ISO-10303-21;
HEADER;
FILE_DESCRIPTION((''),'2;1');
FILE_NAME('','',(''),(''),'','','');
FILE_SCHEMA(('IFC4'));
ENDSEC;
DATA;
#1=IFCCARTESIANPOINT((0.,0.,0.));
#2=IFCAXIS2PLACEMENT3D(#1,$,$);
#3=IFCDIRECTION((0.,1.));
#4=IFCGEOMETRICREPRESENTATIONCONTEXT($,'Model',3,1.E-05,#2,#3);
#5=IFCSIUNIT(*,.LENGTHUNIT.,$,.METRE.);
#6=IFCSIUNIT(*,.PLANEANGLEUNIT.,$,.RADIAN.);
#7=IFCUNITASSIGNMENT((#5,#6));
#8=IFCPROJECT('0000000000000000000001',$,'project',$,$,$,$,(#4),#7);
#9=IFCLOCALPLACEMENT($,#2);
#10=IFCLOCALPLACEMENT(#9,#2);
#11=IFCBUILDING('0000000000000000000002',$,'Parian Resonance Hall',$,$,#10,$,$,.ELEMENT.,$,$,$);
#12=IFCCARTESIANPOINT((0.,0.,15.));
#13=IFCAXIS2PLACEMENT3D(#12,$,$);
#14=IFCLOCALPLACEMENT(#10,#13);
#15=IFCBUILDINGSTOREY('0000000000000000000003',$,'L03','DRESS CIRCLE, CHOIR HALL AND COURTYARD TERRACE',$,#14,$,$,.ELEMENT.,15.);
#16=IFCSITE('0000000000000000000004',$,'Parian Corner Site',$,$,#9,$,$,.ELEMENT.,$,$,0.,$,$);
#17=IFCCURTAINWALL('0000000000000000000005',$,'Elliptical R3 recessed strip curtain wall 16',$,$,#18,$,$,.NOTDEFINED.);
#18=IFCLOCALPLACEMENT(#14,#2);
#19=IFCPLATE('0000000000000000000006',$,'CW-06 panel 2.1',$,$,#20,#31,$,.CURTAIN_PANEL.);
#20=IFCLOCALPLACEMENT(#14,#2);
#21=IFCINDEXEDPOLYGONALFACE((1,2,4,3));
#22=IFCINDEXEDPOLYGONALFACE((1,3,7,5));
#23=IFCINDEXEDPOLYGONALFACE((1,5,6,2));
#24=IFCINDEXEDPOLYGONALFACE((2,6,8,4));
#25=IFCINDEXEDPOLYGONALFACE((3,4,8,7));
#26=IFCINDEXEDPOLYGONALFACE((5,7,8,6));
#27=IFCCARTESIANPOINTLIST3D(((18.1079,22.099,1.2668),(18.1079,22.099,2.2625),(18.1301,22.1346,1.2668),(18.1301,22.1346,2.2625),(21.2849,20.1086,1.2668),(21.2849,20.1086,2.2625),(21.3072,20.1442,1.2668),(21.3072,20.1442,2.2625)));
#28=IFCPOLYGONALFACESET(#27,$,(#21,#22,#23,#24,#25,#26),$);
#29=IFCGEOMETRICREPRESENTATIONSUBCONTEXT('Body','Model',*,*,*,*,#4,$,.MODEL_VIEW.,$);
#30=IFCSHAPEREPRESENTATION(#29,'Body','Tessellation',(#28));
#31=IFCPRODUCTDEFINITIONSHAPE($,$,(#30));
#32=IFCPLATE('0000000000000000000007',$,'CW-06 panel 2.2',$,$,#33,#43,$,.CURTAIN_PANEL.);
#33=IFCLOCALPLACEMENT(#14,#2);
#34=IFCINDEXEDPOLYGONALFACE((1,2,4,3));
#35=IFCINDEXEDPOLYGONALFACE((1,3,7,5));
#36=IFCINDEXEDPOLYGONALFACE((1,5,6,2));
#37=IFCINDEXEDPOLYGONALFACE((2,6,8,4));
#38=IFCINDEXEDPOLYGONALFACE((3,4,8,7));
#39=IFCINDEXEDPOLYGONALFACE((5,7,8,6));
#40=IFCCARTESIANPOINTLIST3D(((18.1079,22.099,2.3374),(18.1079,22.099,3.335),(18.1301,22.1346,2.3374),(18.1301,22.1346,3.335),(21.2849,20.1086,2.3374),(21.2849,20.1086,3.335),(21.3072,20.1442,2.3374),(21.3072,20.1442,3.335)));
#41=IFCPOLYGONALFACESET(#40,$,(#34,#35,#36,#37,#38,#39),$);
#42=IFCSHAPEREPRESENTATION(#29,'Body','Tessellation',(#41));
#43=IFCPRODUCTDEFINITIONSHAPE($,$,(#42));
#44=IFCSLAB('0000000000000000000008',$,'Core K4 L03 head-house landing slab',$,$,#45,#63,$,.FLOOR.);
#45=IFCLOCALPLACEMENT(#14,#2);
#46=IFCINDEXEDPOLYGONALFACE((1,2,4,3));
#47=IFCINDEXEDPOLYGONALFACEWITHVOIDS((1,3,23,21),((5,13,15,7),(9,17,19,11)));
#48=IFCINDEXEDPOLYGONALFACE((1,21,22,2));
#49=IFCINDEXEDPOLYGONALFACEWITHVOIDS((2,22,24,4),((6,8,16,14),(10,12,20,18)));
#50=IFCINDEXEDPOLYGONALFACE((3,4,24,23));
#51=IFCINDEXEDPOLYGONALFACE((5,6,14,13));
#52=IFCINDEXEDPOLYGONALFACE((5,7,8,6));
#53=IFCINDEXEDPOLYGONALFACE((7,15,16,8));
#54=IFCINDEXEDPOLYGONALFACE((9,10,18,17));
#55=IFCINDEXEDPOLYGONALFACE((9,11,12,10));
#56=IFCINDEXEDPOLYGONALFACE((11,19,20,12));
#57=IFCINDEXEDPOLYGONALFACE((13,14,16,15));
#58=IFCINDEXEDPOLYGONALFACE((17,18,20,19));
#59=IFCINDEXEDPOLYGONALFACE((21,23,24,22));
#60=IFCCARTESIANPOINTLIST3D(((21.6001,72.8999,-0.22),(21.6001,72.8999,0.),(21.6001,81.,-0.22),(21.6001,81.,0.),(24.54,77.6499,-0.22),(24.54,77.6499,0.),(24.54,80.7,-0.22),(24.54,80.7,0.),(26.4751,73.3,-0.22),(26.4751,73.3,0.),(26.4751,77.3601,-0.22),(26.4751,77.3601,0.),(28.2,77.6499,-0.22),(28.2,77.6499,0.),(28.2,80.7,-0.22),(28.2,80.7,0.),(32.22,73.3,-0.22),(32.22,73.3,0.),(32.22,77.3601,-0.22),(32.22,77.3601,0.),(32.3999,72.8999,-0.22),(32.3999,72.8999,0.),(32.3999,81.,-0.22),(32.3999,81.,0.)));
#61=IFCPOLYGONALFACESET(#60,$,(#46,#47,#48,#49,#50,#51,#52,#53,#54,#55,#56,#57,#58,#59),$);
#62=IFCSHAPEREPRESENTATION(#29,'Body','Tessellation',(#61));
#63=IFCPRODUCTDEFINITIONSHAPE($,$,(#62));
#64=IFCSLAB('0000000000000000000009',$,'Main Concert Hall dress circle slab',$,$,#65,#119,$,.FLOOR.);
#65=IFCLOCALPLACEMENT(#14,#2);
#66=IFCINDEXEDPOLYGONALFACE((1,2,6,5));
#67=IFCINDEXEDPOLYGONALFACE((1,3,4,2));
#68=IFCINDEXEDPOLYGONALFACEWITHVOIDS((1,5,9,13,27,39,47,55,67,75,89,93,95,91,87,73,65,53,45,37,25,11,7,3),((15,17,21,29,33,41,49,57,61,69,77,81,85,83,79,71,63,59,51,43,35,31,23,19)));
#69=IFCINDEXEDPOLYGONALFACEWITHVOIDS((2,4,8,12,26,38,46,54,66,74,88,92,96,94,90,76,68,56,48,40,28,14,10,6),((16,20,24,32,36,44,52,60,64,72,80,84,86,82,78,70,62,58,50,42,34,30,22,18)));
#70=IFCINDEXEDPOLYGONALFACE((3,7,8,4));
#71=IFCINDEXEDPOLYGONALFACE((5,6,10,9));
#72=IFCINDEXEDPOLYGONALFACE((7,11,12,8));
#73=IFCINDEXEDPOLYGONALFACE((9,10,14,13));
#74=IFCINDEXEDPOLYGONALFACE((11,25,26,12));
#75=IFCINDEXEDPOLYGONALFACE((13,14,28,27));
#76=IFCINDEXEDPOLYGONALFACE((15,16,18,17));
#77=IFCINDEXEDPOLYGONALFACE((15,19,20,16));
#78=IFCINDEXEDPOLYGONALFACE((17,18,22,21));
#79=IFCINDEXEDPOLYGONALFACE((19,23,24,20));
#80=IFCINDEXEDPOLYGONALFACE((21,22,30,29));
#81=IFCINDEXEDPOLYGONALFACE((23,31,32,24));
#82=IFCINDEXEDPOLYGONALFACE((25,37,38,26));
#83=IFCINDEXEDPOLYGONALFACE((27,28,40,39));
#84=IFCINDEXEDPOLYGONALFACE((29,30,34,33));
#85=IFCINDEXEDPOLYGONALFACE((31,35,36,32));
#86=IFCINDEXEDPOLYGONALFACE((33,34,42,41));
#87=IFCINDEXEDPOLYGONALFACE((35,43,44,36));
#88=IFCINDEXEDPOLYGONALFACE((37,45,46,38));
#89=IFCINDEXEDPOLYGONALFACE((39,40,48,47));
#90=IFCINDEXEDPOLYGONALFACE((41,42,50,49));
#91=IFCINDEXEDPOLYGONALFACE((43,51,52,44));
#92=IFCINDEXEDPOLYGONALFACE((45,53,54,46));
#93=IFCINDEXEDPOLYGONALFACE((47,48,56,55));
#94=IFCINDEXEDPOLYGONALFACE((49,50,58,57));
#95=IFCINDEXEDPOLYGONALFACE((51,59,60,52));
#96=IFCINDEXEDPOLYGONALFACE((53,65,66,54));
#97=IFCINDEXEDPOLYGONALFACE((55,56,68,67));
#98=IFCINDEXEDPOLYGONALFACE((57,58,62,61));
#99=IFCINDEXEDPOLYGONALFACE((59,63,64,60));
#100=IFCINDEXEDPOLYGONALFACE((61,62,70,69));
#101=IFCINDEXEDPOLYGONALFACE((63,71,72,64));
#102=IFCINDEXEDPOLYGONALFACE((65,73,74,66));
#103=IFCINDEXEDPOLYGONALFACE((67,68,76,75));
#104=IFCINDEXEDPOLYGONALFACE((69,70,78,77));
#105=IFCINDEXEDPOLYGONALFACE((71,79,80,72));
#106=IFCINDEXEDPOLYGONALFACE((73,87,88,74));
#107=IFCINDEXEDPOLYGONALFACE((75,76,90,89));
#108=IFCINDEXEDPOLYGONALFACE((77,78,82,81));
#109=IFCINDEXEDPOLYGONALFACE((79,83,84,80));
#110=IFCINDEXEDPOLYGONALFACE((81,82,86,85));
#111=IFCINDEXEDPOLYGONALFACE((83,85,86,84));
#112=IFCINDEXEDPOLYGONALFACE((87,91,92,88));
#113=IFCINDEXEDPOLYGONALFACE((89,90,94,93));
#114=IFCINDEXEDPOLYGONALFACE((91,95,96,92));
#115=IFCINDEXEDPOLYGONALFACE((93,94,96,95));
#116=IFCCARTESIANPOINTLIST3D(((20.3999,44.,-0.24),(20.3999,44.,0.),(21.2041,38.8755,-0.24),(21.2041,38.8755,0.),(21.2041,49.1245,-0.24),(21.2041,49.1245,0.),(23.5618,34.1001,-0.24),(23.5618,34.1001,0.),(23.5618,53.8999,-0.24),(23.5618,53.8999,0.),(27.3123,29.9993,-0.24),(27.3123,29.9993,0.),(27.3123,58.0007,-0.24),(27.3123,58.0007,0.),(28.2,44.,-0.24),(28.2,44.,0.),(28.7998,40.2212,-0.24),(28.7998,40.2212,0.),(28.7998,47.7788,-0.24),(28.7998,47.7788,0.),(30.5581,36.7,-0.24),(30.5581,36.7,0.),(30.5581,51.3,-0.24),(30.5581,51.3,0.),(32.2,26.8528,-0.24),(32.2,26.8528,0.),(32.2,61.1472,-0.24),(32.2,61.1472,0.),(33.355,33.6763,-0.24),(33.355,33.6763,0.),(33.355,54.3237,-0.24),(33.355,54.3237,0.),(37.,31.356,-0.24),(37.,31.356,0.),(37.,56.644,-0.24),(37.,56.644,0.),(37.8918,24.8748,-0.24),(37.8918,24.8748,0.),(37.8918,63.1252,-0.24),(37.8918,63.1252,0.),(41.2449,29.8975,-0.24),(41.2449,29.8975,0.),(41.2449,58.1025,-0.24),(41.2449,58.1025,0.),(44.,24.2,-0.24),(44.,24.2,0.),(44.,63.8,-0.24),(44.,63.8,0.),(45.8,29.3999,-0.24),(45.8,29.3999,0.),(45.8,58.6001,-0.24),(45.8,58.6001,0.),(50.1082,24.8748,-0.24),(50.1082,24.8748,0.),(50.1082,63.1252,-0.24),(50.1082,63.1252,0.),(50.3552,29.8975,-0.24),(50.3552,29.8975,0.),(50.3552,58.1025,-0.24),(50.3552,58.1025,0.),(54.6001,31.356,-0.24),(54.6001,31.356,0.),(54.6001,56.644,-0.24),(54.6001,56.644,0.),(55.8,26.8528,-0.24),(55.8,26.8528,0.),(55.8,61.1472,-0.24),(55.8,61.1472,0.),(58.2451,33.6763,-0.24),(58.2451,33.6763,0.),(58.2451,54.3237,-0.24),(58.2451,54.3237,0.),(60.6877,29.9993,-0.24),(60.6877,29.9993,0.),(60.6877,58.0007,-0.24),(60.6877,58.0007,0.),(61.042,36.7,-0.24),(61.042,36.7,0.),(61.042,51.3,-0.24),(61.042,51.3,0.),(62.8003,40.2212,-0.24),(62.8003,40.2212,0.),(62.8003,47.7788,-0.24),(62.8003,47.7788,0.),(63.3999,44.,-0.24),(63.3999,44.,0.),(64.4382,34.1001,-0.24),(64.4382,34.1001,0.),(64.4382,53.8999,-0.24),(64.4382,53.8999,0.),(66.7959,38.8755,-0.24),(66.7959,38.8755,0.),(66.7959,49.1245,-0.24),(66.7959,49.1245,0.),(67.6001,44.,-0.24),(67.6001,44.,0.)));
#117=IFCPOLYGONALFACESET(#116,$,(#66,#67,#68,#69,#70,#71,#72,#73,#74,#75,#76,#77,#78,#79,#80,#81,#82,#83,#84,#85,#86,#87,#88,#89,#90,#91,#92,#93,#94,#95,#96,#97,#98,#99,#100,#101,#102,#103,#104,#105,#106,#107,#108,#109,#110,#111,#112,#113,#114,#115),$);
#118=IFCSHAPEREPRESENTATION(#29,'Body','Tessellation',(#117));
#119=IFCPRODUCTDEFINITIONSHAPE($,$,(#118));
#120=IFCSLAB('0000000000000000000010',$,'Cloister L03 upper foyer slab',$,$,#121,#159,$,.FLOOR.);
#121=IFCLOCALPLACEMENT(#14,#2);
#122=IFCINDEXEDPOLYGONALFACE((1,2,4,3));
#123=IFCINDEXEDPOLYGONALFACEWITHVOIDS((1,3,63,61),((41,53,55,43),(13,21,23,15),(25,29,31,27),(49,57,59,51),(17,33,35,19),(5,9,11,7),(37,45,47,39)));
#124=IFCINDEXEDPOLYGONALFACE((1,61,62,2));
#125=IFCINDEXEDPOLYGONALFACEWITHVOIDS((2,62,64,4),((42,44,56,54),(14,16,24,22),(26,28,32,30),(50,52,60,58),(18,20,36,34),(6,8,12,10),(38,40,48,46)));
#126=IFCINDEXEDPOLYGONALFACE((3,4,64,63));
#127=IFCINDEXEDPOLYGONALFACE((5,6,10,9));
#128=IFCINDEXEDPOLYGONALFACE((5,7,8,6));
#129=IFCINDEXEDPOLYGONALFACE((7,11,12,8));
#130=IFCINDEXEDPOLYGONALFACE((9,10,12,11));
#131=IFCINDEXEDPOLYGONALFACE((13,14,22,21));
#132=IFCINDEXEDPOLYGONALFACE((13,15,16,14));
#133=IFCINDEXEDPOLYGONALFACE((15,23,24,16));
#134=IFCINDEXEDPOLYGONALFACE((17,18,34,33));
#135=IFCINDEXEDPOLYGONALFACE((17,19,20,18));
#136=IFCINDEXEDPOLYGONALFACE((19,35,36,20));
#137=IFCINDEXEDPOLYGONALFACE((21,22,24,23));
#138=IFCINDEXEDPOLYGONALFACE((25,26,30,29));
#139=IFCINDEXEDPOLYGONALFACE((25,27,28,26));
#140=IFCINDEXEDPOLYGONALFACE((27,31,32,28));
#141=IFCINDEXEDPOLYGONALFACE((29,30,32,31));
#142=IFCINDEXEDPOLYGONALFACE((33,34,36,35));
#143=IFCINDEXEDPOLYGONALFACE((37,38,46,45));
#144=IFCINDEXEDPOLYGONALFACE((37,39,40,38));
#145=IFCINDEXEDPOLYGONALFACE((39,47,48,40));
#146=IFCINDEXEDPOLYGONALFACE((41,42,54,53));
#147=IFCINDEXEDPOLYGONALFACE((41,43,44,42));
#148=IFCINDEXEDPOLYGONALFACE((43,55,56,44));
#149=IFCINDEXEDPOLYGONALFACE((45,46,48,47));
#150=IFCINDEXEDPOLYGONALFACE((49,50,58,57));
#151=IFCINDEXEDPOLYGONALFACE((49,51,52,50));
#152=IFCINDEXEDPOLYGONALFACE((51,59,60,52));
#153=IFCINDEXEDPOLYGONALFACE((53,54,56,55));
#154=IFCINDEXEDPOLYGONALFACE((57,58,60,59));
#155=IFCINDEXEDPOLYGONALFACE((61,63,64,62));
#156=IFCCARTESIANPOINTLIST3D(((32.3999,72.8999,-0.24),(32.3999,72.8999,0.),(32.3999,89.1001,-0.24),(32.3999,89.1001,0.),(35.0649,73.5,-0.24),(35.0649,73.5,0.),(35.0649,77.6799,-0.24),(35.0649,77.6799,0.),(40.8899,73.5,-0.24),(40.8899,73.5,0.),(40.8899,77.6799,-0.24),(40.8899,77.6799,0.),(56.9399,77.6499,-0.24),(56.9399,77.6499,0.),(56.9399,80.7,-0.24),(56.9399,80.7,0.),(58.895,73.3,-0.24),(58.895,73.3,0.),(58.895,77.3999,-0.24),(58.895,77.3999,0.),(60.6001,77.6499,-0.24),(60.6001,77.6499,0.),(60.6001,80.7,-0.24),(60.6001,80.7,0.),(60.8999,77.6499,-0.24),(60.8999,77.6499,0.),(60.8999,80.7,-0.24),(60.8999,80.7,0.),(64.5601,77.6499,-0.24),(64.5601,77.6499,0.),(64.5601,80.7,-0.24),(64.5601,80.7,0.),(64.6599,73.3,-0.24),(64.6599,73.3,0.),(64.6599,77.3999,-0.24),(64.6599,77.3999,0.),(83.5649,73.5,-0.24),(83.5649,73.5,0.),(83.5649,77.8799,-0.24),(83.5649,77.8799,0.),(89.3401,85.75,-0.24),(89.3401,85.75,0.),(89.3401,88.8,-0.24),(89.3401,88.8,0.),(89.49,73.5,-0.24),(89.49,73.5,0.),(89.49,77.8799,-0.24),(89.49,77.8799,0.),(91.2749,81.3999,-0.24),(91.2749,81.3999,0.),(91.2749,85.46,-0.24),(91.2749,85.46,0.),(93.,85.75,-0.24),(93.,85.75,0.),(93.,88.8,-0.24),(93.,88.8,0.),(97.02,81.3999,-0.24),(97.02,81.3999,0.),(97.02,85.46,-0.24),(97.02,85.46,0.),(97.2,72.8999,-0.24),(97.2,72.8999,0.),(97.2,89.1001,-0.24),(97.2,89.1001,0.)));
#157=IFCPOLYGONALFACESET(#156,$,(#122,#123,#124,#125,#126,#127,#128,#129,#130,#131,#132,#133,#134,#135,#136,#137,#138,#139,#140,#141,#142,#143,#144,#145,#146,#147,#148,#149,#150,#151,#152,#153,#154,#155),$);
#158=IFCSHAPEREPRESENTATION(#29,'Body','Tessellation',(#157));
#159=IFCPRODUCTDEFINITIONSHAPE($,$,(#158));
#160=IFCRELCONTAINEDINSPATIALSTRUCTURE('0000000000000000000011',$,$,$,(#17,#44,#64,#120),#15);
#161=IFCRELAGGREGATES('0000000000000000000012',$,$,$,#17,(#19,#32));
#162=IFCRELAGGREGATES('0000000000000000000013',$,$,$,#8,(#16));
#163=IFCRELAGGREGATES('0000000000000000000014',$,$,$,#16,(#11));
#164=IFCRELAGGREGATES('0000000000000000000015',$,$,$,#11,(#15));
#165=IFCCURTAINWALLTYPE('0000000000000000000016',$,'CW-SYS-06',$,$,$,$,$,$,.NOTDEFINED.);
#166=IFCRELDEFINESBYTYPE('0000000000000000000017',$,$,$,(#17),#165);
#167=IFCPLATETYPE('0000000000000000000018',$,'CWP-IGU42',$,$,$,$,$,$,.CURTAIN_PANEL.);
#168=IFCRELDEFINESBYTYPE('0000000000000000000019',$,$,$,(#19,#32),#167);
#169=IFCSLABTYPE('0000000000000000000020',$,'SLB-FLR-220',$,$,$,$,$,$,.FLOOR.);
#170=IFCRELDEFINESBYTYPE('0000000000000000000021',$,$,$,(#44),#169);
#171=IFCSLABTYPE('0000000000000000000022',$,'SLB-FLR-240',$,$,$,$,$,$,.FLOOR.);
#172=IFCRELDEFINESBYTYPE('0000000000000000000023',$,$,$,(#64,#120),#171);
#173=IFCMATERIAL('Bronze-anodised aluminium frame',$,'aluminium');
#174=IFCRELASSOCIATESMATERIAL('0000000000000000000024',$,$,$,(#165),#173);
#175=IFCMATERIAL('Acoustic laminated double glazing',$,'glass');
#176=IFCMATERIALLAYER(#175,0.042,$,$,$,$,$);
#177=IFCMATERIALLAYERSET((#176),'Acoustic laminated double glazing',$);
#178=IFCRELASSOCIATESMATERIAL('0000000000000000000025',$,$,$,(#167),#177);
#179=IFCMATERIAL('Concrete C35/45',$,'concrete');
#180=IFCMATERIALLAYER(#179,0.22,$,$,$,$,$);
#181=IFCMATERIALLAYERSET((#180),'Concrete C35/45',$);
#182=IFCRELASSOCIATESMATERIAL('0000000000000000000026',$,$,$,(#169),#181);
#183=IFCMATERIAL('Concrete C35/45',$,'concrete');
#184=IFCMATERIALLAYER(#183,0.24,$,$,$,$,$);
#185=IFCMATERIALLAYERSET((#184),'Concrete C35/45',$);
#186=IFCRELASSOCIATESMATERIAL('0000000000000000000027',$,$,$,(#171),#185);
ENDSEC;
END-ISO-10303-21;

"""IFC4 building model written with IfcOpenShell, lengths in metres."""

from ifc_helpers import new_model, si_unit, direction, frame, origin, origin_2d, place, context, subcontext, project, spatial, polyline, rectangle, outline, extrude, material, layer, layer_set, type_object, element, aggregate, save


model = new_model("IFC4")

# Units and contexts
model_context = context("Model", 3, precision=1e-05, world=origin(), true_north=direction((0.0, 1.0)))
body_context = subcontext(model_context, "Body", "Model", "MODEL_VIEW")
ifc_project = project(units=[si_unit("LENGTHUNIT", "METRE"), si_unit("PLANEANGLEUNIT", "RADIAN")], contexts=[model_context])

# Site, building, storey
site_placement = place(None, origin())
site = spatial("IfcSite", under=ifc_project, at=site_placement, Name="Parian Corner Site", CompositionType="ELEMENT", RefElevation=0.0)
building_placement = place(site_placement, origin())
building = spatial("IfcBuilding", under=site, at=building_placement, Name="Parian Resonance Hall", CompositionType="ELEMENT")
storey_placement = place(building_placement, frame((0.0, 0.0, 15.0)))
storey = spatial("IfcBuildingStorey", under=building, at=storey_placement, Name="L03", Description="DRESS CIRCLE, CHOIR HALL AND COURTYARD TERRACE", CompositionType="ELEMENT", Elevation=15.0)

# Curtain wall
ifc_material_1 = material(Name="Bronze-anodised aluminium frame", Category="aluminium")
curtain_wall_type_1 = type_object("IfcCurtainWallType", Name="CW-SYS-06", PredefinedType="NOTDEFINED", material=ifc_material_1)
curtain_wall_1_placement = place(storey_placement, origin())
curtain_wall_1 = element("IfcCurtainWall", 1, at=curtain_wall_1_placement, inside=storey, type_object=curtain_wall_type_1, Name="Elliptical R3 recessed strip curtain wall 16", PredefinedType="NOTDEFINED")

# Plates
ifc_material_2 = material(Name="Acoustic laminated double glazing", Category="glass")
ifc_layer_1 = layer(ifc_material_2, 0.042)
ifc_layer_set_1 = layer_set([ifc_layer_1], Name="Acoustic laminated double glazing")
plate_type_1 = type_object("IfcPlateType", Name="CWP-IGU42", PredefinedType="CURTAIN_PANEL", material=ifc_layer_set_1)
plate_1_placement = place(storey_placement, frame((19.7075, 21.1216, 1.2668), z_axis=(0.0, 0.0, 1.0), x_axis=(-0.847432, 0.530904, 0.0)))
plate_1 = element("IfcPlate", 2, at=plate_1_placement, type_object=plate_type_1, Name="CW-06 panel 2.1", PredefinedType="CURTAIN_PANEL", context=body_context, shape_type="SweptSolid", body=[
    extrude(rectangle(XDim=3.749, YDim=0.042, at=origin_2d()), origin(), (0.0, 0.0, 1.0), 0.9956),
])
plate_2_placement = place(storey_placement, frame((19.7075, 21.1216, 2.3374), z_axis=(0.0, 0.0, 1.0), x_axis=(-0.847432, 0.530904, 0.0)))
plate_2 = element("IfcPlate", 3, at=plate_2_placement, type_object=plate_type_1, Name="CW-06 panel 2.2", PredefinedType="CURTAIN_PANEL", context=body_context, shape_type="SweptSolid", body=[
    extrude(rectangle(XDim=3.749, YDim=0.042, at=origin_2d()), origin(), (0.0, 0.0, 1.0), 0.9976),
])
aggregate(curtain_wall_1, [plate_1, plate_2])

# Slabs
ifc_material_3 = material(Name="Concrete C35/45", Category="concrete")
ifc_layer_2 = layer(ifc_material_3, 0.22)
ifc_layer_set_2 = layer_set([ifc_layer_2], Name="Concrete C35/45")
slab_type_1 = type_object("IfcSlabType", Name="SLB-FLR-220", PredefinedType="FLOOR", material=ifc_layer_set_2)
slab_1_placement = place(storey_placement, frame((0.0, 0.0, -0.22)))
element("IfcSlab", 4, at=slab_1_placement, inside=storey, type_object=slab_type_1, Name="Core K4 L03 head-house landing slab", PredefinedType="FLOOR", context=body_context, shape_type="SweptSolid", body=[
    extrude(outline(polyline([(21.6001, 72.8999), (32.3999, 72.8999), (32.3999, 81.0), (21.6001, 81.0), (21.6001, 72.8999)]), holes=[polyline([(26.4751, 77.3601), (32.22, 77.3601), (32.22, 73.3), (26.4751, 73.3), (26.4751, 77.3601)]), polyline([(24.54, 80.7), (28.2, 80.7), (28.2, 77.6499), (24.54, 77.6499), (24.54, 80.7)])]), origin(), (0.0, 0.0, 1.0), 0.22),
])
ifc_material_4 = material(Name="Concrete C35/45", Category="concrete")
ifc_layer_3 = layer(ifc_material_4, 0.24)
ifc_layer_set_3 = layer_set([ifc_layer_3], Name="Concrete C35/45")
slab_type_2 = type_object("IfcSlabType", Name="SLB-FLR-240", PredefinedType="FLOOR", material=ifc_layer_set_3)
slab_2_placement = place(storey_placement, frame((0.0, 0.0, -0.24)))
element("IfcSlab", 5, at=slab_2_placement, inside=storey, type_object=slab_type_2, Name="Main Concert Hall dress circle slab", PredefinedType="FLOOR", context=body_context, shape_type="SweptSolid", body=[
    extrude(outline(polyline([(67.6001, 44.0), (66.7959, 49.1245), (64.4382, 53.8999), (60.6877, 58.0007), (55.8, 61.1472), (50.1082, 63.1252), (44.0, 63.8), (37.8918, 63.1252), (32.2, 61.1472), (27.3123, 58.0007), (23.5618, 53.8999), (21.2041, 49.1245), (20.3999, 44.0), (21.2041, 38.8755), (23.5618, 34.1001), (27.3123, 29.9993), (32.2, 26.8528), (37.8918, 24.8748), (44.0, 24.2), (50.1082, 24.8748), (55.8, 26.8528), (60.6877, 29.9993), (64.4382, 34.1001), (66.7959, 38.8755), (67.6001, 44.0)]), holes=[polyline([(63.3999, 44.0), (62.8003, 40.2212), (61.042, 36.7), (58.2451, 33.6763), (54.6001, 31.356), (50.3552, 29.8975), (45.8, 29.3999), (41.2449, 29.8975), (37.0, 31.356), (33.355, 33.6763), (30.5581, 36.7), (28.7998, 40.2212), (28.2, 44.0), (28.7998, 47.7788), (30.5581, 51.3), (33.355, 54.3237), (37.0, 56.644), (41.2449, 58.1025), (45.8, 58.6001), (50.3552, 58.1025), (54.6001, 56.644), (58.2451, 54.3237), (61.042, 51.3), (62.8003, 47.7788), (63.3999, 44.0)])]), origin(), (0.0, 0.0, 1.0), 0.24),
])
slab_3_placement = place(storey_placement, frame((0.0, 0.0, -0.24)))
element("IfcSlab", 6, at=slab_3_placement, inside=storey, type_object=slab_type_2, Name="Cloister L03 upper foyer slab", PredefinedType="FLOOR", context=body_context, shape_type="SweptSolid", body=[
    extrude(outline(polyline([(32.3999, 72.8999), (97.2, 72.8999), (97.2, 89.1001), (32.3999, 89.1001), (32.3999, 72.8999)]), holes=[polyline([(64.6599, 77.3999), (64.6599, 73.3), (58.895, 73.3), (58.895, 77.3999), (64.6599, 77.3999)]), polyline([(40.8899, 73.5), (35.0649, 73.5), (35.0649, 77.6799), (40.8899, 77.6799), (40.8899, 73.5)]), polyline([(89.49, 73.5), (83.5649, 73.5), (83.5649, 77.8799), (89.49, 77.8799), (89.49, 73.5)]), polyline([(60.6001, 77.6499), (56.9399, 77.6499), (56.9399, 80.7), (60.6001, 80.7), (60.6001, 77.6499)]), polyline([(64.5601, 77.6499), (60.8999, 77.6499), (60.8999, 80.7), (64.5601, 80.7), (64.5601, 77.6499)]), polyline([(97.02, 81.3999), (91.2749, 81.3999), (91.2749, 85.46), (97.02, 85.46), (97.02, 81.3999)]), polyline([(93.0, 85.75), (89.3401, 85.75), (89.3401, 88.8), (93.0, 88.8), (93.0, 85.75)])]), origin(), (0.0, 0.0, 1.0), 0.24),
])

save(model, "model.ifc")
